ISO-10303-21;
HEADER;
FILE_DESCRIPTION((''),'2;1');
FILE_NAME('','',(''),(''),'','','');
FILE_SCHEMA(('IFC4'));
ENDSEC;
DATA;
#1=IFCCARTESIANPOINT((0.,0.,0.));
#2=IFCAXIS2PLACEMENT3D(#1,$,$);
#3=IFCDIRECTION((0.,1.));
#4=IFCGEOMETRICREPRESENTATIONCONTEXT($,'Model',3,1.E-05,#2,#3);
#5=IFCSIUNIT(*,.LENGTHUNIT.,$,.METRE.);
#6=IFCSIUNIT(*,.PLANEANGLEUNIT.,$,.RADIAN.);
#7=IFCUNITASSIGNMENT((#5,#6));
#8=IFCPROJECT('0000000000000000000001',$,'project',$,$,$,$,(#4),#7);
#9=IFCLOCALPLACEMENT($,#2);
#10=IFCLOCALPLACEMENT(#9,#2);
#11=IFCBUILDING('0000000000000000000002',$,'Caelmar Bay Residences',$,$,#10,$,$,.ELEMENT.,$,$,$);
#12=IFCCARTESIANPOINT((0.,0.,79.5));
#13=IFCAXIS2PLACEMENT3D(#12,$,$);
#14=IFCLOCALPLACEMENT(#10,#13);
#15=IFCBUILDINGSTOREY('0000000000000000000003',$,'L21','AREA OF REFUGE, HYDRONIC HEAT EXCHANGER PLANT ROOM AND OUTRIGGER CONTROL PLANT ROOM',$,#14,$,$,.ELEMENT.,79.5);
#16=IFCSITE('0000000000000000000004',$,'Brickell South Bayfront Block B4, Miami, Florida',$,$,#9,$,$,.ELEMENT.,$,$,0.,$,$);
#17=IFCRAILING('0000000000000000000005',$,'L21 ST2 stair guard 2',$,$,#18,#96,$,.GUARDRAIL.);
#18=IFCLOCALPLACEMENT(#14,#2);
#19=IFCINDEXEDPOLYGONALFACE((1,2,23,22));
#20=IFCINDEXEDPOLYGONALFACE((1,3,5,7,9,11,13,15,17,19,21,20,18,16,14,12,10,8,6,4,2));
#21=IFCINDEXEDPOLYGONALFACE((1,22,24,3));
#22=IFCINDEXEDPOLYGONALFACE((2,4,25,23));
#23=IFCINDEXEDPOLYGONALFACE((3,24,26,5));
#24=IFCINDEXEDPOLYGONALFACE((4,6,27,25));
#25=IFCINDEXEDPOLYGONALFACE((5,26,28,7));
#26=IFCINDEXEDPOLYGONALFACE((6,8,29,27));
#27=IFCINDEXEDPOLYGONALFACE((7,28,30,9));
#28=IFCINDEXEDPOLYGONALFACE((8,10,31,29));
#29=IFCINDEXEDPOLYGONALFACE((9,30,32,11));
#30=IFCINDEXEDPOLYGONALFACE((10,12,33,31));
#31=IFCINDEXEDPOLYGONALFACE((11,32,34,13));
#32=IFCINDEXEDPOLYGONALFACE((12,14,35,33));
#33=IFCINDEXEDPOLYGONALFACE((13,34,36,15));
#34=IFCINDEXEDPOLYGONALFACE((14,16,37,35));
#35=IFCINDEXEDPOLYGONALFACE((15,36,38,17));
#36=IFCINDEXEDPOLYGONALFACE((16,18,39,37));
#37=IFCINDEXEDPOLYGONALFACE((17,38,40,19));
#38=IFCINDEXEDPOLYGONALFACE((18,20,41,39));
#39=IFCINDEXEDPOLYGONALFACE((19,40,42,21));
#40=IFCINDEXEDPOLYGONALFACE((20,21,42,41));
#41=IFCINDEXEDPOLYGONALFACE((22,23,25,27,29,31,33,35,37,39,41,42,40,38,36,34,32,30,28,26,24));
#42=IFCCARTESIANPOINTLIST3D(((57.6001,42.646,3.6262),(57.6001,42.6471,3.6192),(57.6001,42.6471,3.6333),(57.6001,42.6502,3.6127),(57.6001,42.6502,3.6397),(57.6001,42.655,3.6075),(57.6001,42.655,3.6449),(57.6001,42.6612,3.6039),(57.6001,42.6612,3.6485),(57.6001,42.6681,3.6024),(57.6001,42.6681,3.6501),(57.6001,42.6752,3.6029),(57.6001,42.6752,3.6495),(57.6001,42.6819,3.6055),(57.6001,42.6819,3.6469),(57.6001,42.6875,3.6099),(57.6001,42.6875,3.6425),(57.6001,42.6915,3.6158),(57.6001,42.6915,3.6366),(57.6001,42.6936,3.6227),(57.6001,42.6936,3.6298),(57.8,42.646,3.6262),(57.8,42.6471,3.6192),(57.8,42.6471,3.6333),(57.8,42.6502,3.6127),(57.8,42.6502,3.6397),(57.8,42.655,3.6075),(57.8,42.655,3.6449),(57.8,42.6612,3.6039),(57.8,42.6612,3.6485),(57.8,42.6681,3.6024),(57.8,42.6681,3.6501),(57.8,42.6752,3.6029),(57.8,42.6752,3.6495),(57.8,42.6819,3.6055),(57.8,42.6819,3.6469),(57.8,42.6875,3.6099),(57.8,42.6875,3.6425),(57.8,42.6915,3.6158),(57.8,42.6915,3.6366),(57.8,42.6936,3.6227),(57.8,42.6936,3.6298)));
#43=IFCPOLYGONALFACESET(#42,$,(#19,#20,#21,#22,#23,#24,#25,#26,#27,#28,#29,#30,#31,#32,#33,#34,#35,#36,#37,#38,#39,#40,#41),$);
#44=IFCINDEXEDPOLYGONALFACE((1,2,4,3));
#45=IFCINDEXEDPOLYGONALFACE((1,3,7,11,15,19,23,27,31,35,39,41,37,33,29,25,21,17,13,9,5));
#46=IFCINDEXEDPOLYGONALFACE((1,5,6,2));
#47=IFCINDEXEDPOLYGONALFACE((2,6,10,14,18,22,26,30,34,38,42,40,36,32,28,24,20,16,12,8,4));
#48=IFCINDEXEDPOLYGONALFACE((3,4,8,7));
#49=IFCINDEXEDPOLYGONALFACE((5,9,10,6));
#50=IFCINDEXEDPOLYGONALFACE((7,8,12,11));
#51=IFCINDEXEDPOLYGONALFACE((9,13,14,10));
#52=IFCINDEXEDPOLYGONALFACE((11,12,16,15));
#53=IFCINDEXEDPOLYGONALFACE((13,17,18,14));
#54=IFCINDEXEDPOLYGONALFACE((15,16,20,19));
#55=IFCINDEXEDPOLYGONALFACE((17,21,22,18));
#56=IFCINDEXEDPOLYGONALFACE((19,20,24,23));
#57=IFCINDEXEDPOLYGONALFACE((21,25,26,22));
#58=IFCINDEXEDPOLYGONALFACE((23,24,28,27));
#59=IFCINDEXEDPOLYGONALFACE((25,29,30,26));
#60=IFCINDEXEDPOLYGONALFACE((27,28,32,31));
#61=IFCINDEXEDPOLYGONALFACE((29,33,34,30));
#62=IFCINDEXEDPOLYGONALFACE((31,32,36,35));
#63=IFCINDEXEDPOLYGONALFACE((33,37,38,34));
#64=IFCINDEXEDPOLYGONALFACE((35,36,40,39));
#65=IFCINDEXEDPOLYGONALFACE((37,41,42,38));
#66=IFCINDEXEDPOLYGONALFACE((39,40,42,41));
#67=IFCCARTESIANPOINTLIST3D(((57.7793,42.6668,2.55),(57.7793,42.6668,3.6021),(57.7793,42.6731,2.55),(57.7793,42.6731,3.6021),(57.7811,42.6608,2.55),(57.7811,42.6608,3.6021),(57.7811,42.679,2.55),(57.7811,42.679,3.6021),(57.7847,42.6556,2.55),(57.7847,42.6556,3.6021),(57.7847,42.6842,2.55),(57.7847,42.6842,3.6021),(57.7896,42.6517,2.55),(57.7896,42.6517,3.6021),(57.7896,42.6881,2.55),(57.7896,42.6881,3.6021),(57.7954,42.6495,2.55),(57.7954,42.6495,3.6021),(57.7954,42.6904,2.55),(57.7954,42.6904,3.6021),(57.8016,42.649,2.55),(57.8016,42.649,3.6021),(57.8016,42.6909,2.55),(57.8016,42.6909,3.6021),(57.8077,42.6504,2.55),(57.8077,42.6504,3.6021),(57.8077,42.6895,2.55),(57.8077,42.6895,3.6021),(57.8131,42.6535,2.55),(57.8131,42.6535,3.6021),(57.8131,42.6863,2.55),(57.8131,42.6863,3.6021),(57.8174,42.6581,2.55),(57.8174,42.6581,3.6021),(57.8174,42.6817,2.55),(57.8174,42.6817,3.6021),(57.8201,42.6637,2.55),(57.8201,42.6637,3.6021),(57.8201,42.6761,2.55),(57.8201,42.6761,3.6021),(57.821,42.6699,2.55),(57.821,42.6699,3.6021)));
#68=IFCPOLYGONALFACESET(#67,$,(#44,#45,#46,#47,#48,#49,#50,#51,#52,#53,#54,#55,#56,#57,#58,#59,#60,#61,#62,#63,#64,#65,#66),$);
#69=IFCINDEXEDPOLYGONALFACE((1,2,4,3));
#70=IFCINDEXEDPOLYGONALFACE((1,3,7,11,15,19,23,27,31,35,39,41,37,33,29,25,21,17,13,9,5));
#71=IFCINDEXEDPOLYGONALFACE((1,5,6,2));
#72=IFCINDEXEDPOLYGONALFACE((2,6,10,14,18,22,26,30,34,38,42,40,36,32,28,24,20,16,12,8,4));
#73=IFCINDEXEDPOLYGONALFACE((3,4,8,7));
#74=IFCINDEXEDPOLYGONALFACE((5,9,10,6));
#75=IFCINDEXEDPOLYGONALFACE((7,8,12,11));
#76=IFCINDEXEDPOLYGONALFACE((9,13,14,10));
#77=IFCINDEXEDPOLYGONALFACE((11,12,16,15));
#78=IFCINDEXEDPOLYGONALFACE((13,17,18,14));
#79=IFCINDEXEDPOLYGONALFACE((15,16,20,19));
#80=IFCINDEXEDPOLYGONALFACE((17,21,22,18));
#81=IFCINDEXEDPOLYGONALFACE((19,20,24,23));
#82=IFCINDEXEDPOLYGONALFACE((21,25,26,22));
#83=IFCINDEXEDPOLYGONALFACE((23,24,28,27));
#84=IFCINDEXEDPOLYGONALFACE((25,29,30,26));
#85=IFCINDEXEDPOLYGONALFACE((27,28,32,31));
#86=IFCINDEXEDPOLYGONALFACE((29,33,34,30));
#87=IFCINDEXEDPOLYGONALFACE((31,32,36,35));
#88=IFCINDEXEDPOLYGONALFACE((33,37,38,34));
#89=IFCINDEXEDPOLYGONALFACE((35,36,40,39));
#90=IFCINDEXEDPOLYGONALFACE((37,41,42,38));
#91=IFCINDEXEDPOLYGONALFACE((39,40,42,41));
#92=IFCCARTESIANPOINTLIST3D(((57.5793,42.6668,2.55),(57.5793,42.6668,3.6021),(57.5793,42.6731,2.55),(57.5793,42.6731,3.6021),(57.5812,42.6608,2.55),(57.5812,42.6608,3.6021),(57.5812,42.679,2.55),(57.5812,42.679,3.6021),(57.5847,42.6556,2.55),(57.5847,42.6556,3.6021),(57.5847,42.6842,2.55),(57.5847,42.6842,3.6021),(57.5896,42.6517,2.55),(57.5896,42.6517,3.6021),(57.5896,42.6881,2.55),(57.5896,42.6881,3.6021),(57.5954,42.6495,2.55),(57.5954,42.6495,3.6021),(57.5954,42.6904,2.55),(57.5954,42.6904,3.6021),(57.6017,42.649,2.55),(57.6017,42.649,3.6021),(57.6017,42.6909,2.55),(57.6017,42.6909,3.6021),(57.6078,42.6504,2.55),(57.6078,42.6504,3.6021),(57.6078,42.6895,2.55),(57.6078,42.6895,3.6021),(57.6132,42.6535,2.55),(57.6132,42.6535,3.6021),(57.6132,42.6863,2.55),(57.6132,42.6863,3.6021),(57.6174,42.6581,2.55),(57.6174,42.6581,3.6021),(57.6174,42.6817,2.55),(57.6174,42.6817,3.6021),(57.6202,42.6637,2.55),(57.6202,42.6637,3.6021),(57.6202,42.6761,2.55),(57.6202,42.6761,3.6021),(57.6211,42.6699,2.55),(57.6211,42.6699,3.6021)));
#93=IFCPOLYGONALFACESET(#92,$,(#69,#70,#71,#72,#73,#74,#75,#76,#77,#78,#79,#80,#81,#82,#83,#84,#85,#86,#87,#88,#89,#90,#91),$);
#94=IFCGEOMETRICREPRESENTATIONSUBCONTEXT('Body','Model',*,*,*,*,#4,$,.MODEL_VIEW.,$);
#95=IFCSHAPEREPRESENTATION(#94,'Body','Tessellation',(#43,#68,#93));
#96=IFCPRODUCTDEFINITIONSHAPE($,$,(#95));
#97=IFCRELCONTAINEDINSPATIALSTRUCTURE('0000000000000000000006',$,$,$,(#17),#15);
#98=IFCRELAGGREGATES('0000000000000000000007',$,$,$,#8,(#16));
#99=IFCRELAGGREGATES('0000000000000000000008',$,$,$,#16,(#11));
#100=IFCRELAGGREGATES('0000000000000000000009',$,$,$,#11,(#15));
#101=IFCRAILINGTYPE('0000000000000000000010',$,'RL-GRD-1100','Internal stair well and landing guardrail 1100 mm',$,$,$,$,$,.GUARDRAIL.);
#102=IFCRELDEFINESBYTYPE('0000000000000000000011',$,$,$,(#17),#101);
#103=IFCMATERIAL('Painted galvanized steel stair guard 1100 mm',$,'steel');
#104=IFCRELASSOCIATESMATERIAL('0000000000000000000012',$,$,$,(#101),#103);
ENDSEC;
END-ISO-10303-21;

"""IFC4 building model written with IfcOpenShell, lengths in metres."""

from ifc_helpers import new_model, si_unit, direction, frame, origin, origin_2d, place, context, subcontext, project, spatial, circle, extrude, material, type_object, element, save


model = new_model("IFC4")

# Units and contexts
model_context = context("Model", 3, precision=1e-05, world=origin(), true_north=direction((0.0, 1.0)))
body_context = subcontext(model_context, "Body", "Model", "MODEL_VIEW")
ifc_project = project(units=[si_unit("LENGTHUNIT", "METRE"), si_unit("PLANEANGLEUNIT", "RADIAN")], contexts=[model_context])

# Site, building, storey
site_placement = place(None, origin())
site = spatial("IfcSite", under=ifc_project, at=site_placement, Name="Brickell South Bayfront Block B4, Miami, Florida", CompositionType="ELEMENT", RefElevation=0.0)
building_placement = place(site_placement, origin())
building = spatial("IfcBuilding", under=site, at=building_placement, Name="Caelmar Bay Residences", CompositionType="ELEMENT")
storey_placement = place(building_placement, frame((0.0, 0.0, 79.5)))
storey = spatial("IfcBuildingStorey", under=building, at=storey_placement, Name="L21", Description="AREA OF REFUGE, HYDRONIC HEAT EXCHANGER PLANT ROOM AND OUTRIGGER CONTROL PLANT ROOM", CompositionType="ELEMENT", Elevation=79.5)

# Railing
ifc_material_1 = material(Name="Painted galvanized steel stair guard 1100 mm", Category="steel")
railing_type_1 = type_object("IfcRailingType", Name="RL-GRD-1100", Description="Internal stair well and landing guardrail 1100 mm", PredefinedType="GUARDRAIL", material=ifc_material_1)
railing_1_placement = place(storey_placement, frame((57.8, 42.6699, 2.55)))
element("IfcRailing", 1, at=railing_1_placement, inside=storey, type_object=railing_type_1, Name="L21 ST2 stair guard 2", PredefinedType="GUARDRAIL", context=body_context, shape_type="SweptSolid", body=[
    extrude(circle(Radius=0.0239, at=origin_2d()), frame((0.0, 0.0, 1.0762), z_axis=(-1.0, 0.0, 0.0), x_axis=(0.0, -1.0, 0.0)), (0.0, 0.0, 1.0), 0.2),
    extrude(circle(Radius=0.021, at=origin_2d()), origin(), (0.0, 0.0, 1.0), 1.052),
    extrude(circle(Radius=0.021, at=origin_2d()), frame((-0.2, 0.0, 0.0)), (0.0, 0.0, 1.0), 1.052),
])

save(model, "model.ifc")
